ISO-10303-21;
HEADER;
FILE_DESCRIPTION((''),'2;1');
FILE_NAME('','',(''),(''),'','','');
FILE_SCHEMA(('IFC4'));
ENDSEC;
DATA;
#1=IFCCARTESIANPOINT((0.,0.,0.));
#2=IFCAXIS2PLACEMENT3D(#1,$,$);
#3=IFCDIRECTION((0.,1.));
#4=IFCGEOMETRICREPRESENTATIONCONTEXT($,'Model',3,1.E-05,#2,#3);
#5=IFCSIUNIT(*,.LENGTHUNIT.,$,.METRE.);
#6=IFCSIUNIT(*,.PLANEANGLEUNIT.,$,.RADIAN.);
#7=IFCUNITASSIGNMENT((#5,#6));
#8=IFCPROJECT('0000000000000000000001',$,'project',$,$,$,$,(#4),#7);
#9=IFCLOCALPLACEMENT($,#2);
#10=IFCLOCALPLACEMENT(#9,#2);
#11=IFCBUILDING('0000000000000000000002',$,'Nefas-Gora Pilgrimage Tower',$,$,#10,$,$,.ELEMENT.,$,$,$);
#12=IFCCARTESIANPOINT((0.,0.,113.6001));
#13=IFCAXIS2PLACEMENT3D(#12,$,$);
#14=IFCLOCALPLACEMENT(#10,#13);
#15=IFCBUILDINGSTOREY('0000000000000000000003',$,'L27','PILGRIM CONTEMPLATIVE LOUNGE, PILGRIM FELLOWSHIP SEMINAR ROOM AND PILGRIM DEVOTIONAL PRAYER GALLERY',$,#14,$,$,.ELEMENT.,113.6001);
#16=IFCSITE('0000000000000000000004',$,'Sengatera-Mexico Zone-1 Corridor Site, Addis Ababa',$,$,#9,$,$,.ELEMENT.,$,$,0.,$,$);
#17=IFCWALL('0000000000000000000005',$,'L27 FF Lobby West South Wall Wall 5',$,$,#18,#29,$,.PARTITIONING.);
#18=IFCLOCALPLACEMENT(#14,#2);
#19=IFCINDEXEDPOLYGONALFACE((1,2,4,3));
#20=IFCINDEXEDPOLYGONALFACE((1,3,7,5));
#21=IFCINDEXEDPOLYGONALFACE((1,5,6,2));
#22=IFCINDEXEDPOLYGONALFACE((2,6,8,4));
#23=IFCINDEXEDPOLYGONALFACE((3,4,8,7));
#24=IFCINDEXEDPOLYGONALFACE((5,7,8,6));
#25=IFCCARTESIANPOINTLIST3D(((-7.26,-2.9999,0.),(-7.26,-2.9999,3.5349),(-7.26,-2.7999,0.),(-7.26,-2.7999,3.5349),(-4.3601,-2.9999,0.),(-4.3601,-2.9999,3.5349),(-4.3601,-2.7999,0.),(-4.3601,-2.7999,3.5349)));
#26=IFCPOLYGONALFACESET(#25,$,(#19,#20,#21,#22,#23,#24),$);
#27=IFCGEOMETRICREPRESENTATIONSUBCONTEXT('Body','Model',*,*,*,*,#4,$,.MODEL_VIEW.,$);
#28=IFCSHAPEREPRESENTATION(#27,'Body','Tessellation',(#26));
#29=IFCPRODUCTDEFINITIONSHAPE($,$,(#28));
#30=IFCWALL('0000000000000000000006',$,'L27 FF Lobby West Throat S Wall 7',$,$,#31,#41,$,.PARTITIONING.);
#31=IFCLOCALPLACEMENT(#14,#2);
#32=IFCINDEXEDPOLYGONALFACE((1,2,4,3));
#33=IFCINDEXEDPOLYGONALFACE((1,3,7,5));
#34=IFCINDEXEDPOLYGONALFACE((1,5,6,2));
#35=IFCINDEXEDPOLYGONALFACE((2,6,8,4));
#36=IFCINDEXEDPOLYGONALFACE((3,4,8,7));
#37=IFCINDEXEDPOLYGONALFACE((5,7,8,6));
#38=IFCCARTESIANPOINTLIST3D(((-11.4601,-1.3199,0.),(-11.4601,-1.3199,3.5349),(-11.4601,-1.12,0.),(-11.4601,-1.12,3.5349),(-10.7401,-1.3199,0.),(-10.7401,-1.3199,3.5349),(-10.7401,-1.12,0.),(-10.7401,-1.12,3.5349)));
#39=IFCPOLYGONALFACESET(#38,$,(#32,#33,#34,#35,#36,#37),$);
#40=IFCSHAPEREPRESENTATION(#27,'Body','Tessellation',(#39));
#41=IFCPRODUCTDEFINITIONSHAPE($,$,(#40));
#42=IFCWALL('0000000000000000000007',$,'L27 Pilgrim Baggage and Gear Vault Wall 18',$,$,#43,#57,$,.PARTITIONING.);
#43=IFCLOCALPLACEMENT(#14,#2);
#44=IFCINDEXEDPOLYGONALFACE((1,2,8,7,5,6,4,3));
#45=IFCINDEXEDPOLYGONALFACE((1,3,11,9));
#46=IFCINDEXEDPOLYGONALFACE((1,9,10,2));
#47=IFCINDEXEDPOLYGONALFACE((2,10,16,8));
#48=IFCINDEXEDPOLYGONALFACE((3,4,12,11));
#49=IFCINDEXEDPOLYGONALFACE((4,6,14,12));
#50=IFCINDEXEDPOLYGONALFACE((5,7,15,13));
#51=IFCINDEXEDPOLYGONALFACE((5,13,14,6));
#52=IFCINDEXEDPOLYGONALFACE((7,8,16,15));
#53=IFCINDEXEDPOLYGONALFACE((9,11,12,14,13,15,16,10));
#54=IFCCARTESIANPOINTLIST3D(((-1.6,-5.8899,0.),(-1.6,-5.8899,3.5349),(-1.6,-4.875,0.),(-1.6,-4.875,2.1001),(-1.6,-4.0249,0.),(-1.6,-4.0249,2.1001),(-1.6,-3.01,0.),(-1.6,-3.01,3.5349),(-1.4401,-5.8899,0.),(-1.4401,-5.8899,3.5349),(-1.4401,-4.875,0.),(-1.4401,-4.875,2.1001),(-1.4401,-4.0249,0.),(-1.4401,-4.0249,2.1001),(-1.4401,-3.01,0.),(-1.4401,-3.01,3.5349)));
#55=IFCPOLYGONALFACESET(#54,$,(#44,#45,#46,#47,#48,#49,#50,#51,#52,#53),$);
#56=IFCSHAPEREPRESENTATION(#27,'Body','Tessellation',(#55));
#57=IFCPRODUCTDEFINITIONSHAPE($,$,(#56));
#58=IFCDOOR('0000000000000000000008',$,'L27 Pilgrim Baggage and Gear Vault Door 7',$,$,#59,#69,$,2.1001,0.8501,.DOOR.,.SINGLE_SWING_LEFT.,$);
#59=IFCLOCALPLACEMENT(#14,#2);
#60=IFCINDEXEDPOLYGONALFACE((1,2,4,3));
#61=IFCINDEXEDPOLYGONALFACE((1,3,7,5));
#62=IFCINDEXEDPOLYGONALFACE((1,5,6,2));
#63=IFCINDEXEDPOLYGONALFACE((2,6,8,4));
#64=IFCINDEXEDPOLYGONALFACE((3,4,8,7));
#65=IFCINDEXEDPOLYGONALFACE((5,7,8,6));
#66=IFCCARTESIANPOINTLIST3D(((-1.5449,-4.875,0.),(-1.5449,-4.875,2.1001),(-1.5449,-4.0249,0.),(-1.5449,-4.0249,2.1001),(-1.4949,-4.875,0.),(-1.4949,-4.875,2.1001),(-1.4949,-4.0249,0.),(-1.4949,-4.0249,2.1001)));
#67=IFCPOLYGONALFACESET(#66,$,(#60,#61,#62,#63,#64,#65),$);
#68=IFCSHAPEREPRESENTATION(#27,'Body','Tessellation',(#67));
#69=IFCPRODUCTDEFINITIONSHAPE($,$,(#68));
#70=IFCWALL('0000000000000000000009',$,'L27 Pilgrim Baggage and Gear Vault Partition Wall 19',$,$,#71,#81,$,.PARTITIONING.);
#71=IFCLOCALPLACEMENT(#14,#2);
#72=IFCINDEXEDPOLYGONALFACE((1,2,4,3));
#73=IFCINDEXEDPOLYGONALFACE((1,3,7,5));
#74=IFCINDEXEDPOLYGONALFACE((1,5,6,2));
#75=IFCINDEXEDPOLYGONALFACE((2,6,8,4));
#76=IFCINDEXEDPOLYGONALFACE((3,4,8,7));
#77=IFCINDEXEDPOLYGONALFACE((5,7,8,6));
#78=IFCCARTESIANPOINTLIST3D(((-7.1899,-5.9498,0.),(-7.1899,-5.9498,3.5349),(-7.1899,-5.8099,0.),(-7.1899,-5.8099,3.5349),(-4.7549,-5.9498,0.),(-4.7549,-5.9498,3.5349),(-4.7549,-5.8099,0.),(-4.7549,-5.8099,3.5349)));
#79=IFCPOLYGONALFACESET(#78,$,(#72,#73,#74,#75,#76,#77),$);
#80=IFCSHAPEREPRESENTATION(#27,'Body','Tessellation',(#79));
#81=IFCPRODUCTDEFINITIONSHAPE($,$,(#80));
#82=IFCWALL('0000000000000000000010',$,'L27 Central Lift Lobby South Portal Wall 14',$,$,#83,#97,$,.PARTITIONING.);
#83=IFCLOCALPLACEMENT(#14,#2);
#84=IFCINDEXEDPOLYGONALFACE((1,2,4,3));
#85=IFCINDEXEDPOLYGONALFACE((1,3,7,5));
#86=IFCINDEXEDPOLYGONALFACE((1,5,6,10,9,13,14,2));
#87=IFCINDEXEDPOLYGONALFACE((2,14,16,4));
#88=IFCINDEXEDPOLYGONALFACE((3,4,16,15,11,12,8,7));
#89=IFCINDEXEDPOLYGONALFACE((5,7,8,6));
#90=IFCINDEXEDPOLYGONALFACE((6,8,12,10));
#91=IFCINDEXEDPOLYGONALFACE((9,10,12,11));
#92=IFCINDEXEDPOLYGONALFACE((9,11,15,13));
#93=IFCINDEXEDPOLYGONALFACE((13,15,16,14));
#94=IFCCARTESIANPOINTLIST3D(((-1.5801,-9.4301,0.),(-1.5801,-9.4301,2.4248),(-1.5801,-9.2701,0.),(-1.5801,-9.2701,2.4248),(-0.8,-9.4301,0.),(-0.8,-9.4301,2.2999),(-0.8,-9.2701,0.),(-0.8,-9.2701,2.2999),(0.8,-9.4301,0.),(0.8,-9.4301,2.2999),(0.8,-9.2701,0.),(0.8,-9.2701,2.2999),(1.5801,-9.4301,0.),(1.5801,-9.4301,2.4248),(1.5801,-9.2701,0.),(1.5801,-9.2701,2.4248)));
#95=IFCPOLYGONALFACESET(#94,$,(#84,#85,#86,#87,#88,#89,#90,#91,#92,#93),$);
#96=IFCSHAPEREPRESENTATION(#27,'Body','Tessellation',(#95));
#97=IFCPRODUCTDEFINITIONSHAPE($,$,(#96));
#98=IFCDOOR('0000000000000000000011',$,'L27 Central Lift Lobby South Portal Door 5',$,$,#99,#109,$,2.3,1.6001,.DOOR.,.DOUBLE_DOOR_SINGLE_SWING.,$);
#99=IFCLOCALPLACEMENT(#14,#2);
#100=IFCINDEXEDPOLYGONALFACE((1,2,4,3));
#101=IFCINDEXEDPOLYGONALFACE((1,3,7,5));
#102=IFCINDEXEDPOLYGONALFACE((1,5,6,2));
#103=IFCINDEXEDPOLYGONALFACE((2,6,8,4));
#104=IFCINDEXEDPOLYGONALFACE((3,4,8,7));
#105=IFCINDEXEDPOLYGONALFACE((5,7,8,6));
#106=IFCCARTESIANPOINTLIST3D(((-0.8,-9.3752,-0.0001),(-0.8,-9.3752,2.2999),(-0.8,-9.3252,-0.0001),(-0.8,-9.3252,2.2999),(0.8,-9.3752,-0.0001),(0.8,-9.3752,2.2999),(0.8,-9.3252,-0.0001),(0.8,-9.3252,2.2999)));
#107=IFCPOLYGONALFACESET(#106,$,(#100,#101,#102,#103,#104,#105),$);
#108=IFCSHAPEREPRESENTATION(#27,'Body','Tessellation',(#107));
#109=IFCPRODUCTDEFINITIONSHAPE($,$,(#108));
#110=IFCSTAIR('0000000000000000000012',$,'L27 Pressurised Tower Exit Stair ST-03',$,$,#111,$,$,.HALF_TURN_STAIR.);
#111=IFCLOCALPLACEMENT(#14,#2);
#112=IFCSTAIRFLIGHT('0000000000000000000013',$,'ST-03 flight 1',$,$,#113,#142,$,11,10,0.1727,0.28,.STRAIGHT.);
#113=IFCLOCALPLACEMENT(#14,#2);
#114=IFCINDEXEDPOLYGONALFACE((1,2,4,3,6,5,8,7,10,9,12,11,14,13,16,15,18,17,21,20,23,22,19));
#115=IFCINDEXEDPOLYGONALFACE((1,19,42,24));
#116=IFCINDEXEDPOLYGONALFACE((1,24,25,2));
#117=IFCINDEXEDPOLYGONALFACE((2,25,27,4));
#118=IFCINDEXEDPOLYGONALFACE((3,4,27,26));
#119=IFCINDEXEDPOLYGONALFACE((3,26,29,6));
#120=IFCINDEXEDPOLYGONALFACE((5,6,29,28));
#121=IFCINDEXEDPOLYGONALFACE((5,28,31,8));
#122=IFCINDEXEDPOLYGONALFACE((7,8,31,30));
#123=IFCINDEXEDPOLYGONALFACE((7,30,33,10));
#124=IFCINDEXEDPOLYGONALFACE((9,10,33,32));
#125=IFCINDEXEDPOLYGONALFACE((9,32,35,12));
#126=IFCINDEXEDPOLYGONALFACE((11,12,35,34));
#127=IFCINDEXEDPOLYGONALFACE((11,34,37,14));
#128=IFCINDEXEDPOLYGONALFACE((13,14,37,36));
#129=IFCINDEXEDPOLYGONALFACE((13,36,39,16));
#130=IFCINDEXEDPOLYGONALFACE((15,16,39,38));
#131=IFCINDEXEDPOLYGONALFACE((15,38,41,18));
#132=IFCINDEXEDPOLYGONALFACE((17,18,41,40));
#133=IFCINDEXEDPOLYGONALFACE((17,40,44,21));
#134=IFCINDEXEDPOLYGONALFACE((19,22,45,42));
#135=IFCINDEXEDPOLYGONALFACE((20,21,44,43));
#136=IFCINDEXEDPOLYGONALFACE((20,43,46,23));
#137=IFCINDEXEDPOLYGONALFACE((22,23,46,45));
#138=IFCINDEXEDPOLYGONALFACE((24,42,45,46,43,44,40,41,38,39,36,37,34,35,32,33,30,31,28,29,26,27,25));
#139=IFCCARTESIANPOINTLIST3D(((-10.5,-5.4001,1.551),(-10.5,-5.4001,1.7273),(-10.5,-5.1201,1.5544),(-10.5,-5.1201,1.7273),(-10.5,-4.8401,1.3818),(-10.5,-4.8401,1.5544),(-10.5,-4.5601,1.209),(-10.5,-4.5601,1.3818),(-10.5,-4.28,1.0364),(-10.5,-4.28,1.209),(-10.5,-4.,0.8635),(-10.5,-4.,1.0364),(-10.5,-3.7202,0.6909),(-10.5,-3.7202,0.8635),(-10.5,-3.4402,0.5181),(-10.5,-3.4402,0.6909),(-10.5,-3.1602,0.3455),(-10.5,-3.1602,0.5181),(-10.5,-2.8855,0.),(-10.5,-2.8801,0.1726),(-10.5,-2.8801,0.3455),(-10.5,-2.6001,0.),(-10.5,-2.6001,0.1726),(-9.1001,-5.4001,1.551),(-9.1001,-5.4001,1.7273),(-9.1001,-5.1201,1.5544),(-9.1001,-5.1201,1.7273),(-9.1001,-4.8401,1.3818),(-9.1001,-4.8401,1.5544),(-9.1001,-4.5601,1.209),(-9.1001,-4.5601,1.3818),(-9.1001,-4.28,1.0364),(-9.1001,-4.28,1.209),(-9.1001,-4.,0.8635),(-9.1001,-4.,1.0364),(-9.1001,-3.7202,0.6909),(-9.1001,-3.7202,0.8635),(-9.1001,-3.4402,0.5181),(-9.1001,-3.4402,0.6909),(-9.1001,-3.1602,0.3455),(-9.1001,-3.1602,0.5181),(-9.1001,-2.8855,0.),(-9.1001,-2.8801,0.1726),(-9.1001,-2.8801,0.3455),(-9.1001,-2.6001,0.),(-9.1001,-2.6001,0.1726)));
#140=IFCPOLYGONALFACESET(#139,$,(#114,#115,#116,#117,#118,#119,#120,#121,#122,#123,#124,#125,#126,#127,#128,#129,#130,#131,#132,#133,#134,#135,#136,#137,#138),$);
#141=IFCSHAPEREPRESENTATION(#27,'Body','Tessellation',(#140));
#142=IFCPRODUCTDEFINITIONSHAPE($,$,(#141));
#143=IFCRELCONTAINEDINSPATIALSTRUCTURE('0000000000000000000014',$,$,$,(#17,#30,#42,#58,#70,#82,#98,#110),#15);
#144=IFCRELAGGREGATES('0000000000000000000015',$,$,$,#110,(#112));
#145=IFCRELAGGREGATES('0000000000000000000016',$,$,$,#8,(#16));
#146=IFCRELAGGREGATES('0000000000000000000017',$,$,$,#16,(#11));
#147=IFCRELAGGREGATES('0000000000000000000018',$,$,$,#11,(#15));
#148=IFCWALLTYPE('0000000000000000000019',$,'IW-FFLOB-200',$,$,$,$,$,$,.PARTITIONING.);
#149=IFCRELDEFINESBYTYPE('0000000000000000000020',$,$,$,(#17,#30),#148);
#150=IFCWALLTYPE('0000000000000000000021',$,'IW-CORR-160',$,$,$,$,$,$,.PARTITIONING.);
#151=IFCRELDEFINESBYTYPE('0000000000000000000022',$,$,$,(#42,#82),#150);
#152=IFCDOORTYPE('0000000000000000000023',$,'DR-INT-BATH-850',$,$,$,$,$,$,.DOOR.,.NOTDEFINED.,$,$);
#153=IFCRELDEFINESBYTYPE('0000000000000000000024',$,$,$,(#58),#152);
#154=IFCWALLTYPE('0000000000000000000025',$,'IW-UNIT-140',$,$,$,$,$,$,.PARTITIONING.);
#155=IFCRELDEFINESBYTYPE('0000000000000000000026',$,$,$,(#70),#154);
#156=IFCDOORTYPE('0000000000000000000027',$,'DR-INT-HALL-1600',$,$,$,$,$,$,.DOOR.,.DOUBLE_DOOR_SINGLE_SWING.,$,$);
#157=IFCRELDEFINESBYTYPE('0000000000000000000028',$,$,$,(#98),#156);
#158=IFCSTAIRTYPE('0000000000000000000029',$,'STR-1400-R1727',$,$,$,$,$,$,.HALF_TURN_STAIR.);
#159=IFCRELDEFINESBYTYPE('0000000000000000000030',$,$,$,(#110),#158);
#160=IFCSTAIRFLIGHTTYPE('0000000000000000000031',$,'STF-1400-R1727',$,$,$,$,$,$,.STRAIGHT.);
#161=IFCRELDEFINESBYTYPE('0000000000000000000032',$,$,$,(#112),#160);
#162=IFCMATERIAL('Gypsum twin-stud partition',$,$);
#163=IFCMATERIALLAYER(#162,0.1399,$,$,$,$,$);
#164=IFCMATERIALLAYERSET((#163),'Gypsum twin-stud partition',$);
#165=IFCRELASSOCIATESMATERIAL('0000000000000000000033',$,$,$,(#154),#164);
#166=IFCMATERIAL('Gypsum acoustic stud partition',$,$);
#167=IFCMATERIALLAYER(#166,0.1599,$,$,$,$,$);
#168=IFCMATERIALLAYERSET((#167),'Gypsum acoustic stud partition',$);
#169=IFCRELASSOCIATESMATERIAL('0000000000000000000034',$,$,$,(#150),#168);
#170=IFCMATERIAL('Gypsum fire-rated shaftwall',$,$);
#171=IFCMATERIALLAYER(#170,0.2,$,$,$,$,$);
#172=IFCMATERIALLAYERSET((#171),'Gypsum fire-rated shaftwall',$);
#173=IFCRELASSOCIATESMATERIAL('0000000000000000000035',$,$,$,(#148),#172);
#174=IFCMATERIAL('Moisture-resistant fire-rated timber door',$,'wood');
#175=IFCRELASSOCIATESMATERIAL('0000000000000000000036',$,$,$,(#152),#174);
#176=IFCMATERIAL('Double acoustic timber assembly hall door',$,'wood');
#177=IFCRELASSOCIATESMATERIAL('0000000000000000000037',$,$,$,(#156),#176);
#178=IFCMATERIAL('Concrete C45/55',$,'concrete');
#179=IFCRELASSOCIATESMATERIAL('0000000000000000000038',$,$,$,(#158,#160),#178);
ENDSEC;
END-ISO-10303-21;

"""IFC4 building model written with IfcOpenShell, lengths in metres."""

from ifc_helpers import new_model, si_unit, direction, frame, frame_2d, origin, place, context, subcontext, project, spatial, polyline, rectangle, outline, extrude, source, transform, mapped, material, layer, layer_set, type_object, element, fill, aggregate, save


model = new_model("IFC4")

# Units and contexts
model_context = context("Model", 3, precision=1e-05, world=origin(), true_north=direction((0.0, 1.0)))
body_context = subcontext(model_context, "Body", "Model", "MODEL_VIEW")
ifc_project = project(units=[si_unit("LENGTHUNIT", "METRE"), si_unit("PLANEANGLEUNIT", "RADIAN")], contexts=[model_context])

# Site, building, storey
site_placement = place(None, origin())
site = spatial("IfcSite", under=ifc_project, at=site_placement, Name="Sengatera-Mexico Zone-1 Corridor Site, Addis Ababa", CompositionType="ELEMENT", RefElevation=0.0)
building_placement = place(site_placement, origin())
building = spatial("IfcBuilding", under=site, at=building_placement, Name="Nefas-Gora Pilgrimage Tower", CompositionType="ELEMENT")
storey_placement = place(building_placement, frame((0.0, 0.0, 113.6001)))
storey = spatial("IfcBuildingStorey", under=building, at=storey_placement, Name="L27", Description="PILGRIM CONTEMPLATIVE LOUNGE, PILGRIM FELLOWSHIP SEMINAR ROOM AND PILGRIM DEVOTIONAL PRAYER GALLERY", CompositionType="ELEMENT", Elevation=113.6001)

# Shared definitions
ifc_material_1 = material(Name="Concrete C45/55", Category="concrete")

# Walls
ifc_material_2 = material(Name="Gypsum twin-stud partition")
ifc_layer_1 = layer(ifc_material_2, 0.1399)
ifc_layer_set_1 = layer_set([ifc_layer_1], Name="Gypsum twin-stud partition")
wall_type_1 = type_object("IfcWallType", Name="IW-UNIT-140", PredefinedType="PARTITIONING", material=ifc_layer_set_1)
ifc_material_3 = material(Name="Gypsum acoustic stud partition")
ifc_layer_2 = layer(ifc_material_3, 0.1599)
ifc_layer_set_2 = layer_set([ifc_layer_2], Name="Gypsum acoustic stud partition")
wall_type_2 = type_object("IfcWallType", Name="IW-CORR-160", PredefinedType="PARTITIONING", material=ifc_layer_set_2)
ifc_material_4 = material(Name="Gypsum fire-rated shaftwall")
ifc_layer_3 = layer(ifc_material_4, 0.2)
ifc_layer_set_3 = layer_set([ifc_layer_3], Name="Gypsum fire-rated shaftwall")
wall_type_3 = type_object("IfcWallType", Name="IW-FFLOB-200", PredefinedType="PARTITIONING", material=ifc_layer_set_3)
shared_shape_1 = source(origin(), body_context, "Body", "SweptSolid", [
    extrude(rectangle(XDim=2.8999, YDim=0.2, at=frame_2d((1.45, 0.0))), origin(), (0.0, 0.0, 1.0), 3.5349),
])
wall_1_placement = place(storey_placement, frame((-7.26, -2.8999, 0.0), z_axis=(0.0, 0.0, 1.0), x_axis=(1.0, 0.0, 0.0)))
element("IfcWall", 1, at=wall_1_placement, inside=storey, type_object=wall_type_3, Name="L27 FF Lobby West South Wall Wall 5", PredefinedType="PARTITIONING", context=body_context, shape_type="MappedRepresentation", body=[
    mapped(shared_shape_1, transform((0.0, 0.0, 0.0), x_axis=(1.0, 0.0, 0.0), y_axis=(0.0, 1.0, 0.0), z_axis=(0.0, 0.0, 1.0), scale=1.0)),
])
shared_shape_2 = source(origin(), body_context, "Body", "SweptSolid", [
    extrude(rectangle(XDim=0.72, YDim=0.2, at=frame_2d((0.3599, 0.0))), origin(), (0.0, 0.0, 1.0), 3.5349),
])
wall_2_placement = place(storey_placement, frame((-11.46, -1.22, 0.0), z_axis=(0.0, 0.0, 1.0), x_axis=(1.0, 0.0, 0.0)))
element("IfcWall", 2, at=wall_2_placement, inside=storey, type_object=wall_type_3, Name="L27 FF Lobby West Throat S Wall 7", PredefinedType="PARTITIONING", context=body_context, shape_type="MappedRepresentation", body=[
    mapped(shared_shape_2, transform((0.0, 0.0, 0.0), x_axis=(1.0, 0.0, 0.0), y_axis=(0.0, 1.0, 0.0), z_axis=(0.0, 0.0, 1.0), scale=1.0)),
])

# Wall, opening, door
shared_shape_3 = source(origin(), body_context, "Body", "SweptSolid", [
    extrude(rectangle(XDim=2.8799, YDim=0.1599, at=frame_2d((1.4399, 0.0))), origin(), (0.0, 0.0, 1.0), 3.5349),
])
wall_3_placement = place(storey_placement, frame((-1.52, -5.8899, 0.0), z_axis=(0.0, 0.0, 1.0), x_axis=(0.0, 1.0, 0.0)))
wall_3 = element("IfcWall", 3, at=wall_3_placement, inside=storey, type_object=wall_type_2, Name="L27 Pilgrim Baggage and Gear Vault Wall 18", PredefinedType="PARTITIONING", context=body_context, shape_type="MappedRepresentation", body=[
    mapped(shared_shape_3, transform((0.0, 0.0, 0.0), x_axis=(1.0, 0.0, 0.0), y_axis=(0.0, 1.0, 0.0), z_axis=(0.0, 0.0, 1.0), scale=1.0)),
])
opening_1_placement = place(wall_3_placement, frame((1.0149, 0.0, 0.0)))
opening_1 = element("IfcOpeningElement", 4, at=opening_1_placement, cuts=wall_3, PredefinedType="OPENING", context=body_context, shape_type="SweptSolid", body=[
    extrude(rectangle(XDim=0.8501, YDim=2.1001, at=frame_2d((0.425, 1.05))), frame((0.0, 0.0898, 0.0), z_axis=(0.0, -1.0, 0.0), x_axis=(1.0, 0.0, 0.0)), (0.0, 0.0, 1.0), 0.1799),
])
ifc_material_5 = material(Name="Moisture-resistant fire-rated timber door", Category="wood")
door_type_1 = type_object("IfcDoorType", Name="DR-INT-BATH-850", OperationType="NOTDEFINED", PredefinedType="DOOR", material=ifc_material_5)
shared_shape_4 = source(origin(), body_context, "Body", "SweptSolid", [
    extrude(rectangle(XDim=0.8501, YDim=2.1001, at=frame_2d((0.425, 1.05))), frame((0.0, 0.0249, 0.0), z_axis=(0.0, -1.0, 0.0), x_axis=(1.0, 0.0, 0.0)), (0.0, 0.0, 1.0), 0.05),
])
door_1_placement = place(opening_1_placement, origin())
door_1 = element("IfcDoor", 5, at=door_1_placement, inside=storey, type_object=door_type_1, Name="L27 Pilgrim Baggage and Gear Vault Door 7", OperationType="SINGLE_SWING_LEFT", OverallHeight=2.1001, OverallWidth=0.8501, PredefinedType="DOOR", context=body_context, shape_type="MappedRepresentation", body=[
    mapped(shared_shape_4, transform((0.0, 0.0, 0.0), x_axis=(1.0, 0.0, 0.0), y_axis=(0.0, 1.0, 0.0), z_axis=(0.0, 0.0, 1.0), scale=1.0)),
])
fill(opening_1, door_1)

# Wall
shared_shape_5 = source(origin(), body_context, "Body", "SweptSolid", [
    extrude(rectangle(XDim=2.4351, YDim=0.1399, at=frame_2d((1.2175, 0.0))), origin(), (0.0, 0.0, 1.0), 3.5349),
])
wall_4_placement = place(storey_placement, frame((-7.1899, -5.8799, 0.0), z_axis=(0.0, 0.0, 1.0), x_axis=(1.0, 0.0, 0.0)))
element("IfcWall", 6, at=wall_4_placement, inside=storey, type_object=wall_type_1, Name="L27 Pilgrim Baggage and Gear Vault Partition Wall 19", PredefinedType="PARTITIONING", context=body_context, shape_type="MappedRepresentation", body=[
    mapped(shared_shape_5, transform((0.0, 0.0, 0.0), x_axis=(1.0, 0.0, 0.0), y_axis=(0.0, 1.0, 0.0), z_axis=(0.0, 0.0, 1.0), scale=1.0)),
])

# Wall, opening, door
shared_shape_6 = source(origin(), body_context, "Body", "SweptSolid", [
    extrude(rectangle(XDim=3.1602, YDim=0.1599, at=frame_2d((1.5801, 0.0))), origin(), (0.0, 0.0, 1.0), 2.4248),
])
wall_5_placement = place(storey_placement, frame((-1.5801, -9.3501, 0.0), z_axis=(0.0, 0.0, 1.0), x_axis=(1.0, 0.0, 0.0)))
wall_5 = element("IfcWall", 7, at=wall_5_placement, inside=storey, type_object=wall_type_2, Name="L27 Central Lift Lobby South Portal Wall 14", PredefinedType="PARTITIONING", context=body_context, shape_type="MappedRepresentation", body=[
    mapped(shared_shape_6, transform((0.0, 0.0, 0.0), x_axis=(1.0, 0.0, 0.0), y_axis=(0.0, 1.0, 0.0), z_axis=(0.0, 0.0, 1.0), scale=1.0)),
])
opening_2_placement = place(wall_5_placement, frame((0.78, 0.0, 0.0)))
opening_2 = element("IfcOpeningElement", 8, at=opening_2_placement, cuts=wall_5, PredefinedType="OPENING", context=body_context, shape_type="SweptSolid", body=[
    extrude(rectangle(XDim=1.6001, YDim=2.3, at=frame_2d((0.8, 1.1499))), frame((0.0, 0.0898, 0.0), z_axis=(0.0, -1.0, 0.0), x_axis=(1.0, 0.0, 0.0)), (0.0, 0.0, 1.0), 0.1799),
])
ifc_material_6 = material(Name="Double acoustic timber assembly hall door", Category="wood")
door_type_2 = type_object("IfcDoorType", Name="DR-INT-HALL-1600", OperationType="DOUBLE_DOOR_SINGLE_SWING", PredefinedType="DOOR", material=ifc_material_6)
shared_shape_7 = source(origin(), body_context, "Body", "SweptSolid", [
    extrude(rectangle(XDim=1.6001, YDim=2.3, at=frame_2d((0.8, 1.1499))), frame((0.0, 0.0249, 0.0), z_axis=(0.0, -1.0, 0.0), x_axis=(1.0, 0.0, 0.0)), (0.0, 0.0, 1.0), 0.05),
])
door_2_placement = place(opening_2_placement, origin())
door_2 = element("IfcDoor", 9, at=door_2_placement, inside=storey, type_object=door_type_2, Name="L27 Central Lift Lobby South Portal Door 5", OperationType="DOUBLE_DOOR_SINGLE_SWING", OverallHeight=2.3, OverallWidth=1.6001, PredefinedType="DOOR", context=body_context, shape_type="MappedRepresentation", body=[
    mapped(shared_shape_7, transform((0.0, 0.0, 0.0), x_axis=(1.0, 0.0, 0.0), y_axis=(0.0, 1.0, 0.0), z_axis=(0.0, 0.0, 1.0), scale=1.0)),
])
fill(opening_2, door_2)

# Stair, stair flight
stair_type = type_object("IfcStairType", Name="STR-1400-R1727", PredefinedType="HALF_TURN_STAIR", material=ifc_material_1)
stair_placement = place(storey_placement, origin())
stair = element("IfcStair", 10, at=stair_placement, inside=storey, type_object=stair_type, Name="L27 Pressurised Tower Exit Stair ST-03", PredefinedType="HALF_TURN_STAIR")
stair_flight_type = type_object("IfcStairFlightType", Name="STF-1400-R1727", PredefinedType="STRAIGHT", material=ifc_material_1)
shared_shape_8 = source(origin(), body_context, "Body", "SweptSolid", [
    extrude(outline(polyline([(0.0, 0.0), (0.0, 0.1726), (0.28, 0.1726), (0.28, 0.3455), (0.5601, 0.3455), (0.5601, 0.5181), (0.8401, 0.5181), (0.8401, 0.6909), (1.1201, 0.6909), (1.1201, 0.8635), (1.3999, 0.8635), (1.3999, 1.0364), (1.6799, 1.0364), (1.6799, 1.209), (1.96, 1.209), (1.96, 1.3818), (2.24, 1.3818), (2.24, 1.5544), (2.52, 1.5544), (2.52, 1.7273), (2.8, 1.7273), (2.8, 1.8999), (2.8, 1.551), (0.2854, 0.0), (0.0, 0.0)])), frame((0.0, 0.7, 0.0), z_axis=(0.0, -1.0, 0.0), x_axis=(1.0, 0.0, 0.0)), (0.0, 0.0, 1.0), 1.3999),
])
stair_flight_1_placement = place(storey_placement, frame((-9.8, -2.6001, 0.0), z_axis=(0.0, 0.0, 1.0), x_axis=(0.0, -1.0, 0.0)))
stair_flight_1 = element("IfcStairFlight", 11, at=stair_flight_1_placement, type_object=stair_flight_type, Name="ST-03 flight 1", NumberOfRisers=11, NumberOfTreads=10, PredefinedType="STRAIGHT", RiserHeight=0.1727, TreadLength=0.28, context=body_context, shape_type="MappedRepresentation", body=[
    mapped(shared_shape_8, transform((0.0, 0.0, 0.0), x_axis=(1.0, 0.0, 0.0), y_axis=(0.0, 1.0, 0.0), z_axis=(0.0, 0.0, 1.0), scale=1.0)),
])
aggregate(stair, [stair_flight_1])

save(model, "model.ifc")
